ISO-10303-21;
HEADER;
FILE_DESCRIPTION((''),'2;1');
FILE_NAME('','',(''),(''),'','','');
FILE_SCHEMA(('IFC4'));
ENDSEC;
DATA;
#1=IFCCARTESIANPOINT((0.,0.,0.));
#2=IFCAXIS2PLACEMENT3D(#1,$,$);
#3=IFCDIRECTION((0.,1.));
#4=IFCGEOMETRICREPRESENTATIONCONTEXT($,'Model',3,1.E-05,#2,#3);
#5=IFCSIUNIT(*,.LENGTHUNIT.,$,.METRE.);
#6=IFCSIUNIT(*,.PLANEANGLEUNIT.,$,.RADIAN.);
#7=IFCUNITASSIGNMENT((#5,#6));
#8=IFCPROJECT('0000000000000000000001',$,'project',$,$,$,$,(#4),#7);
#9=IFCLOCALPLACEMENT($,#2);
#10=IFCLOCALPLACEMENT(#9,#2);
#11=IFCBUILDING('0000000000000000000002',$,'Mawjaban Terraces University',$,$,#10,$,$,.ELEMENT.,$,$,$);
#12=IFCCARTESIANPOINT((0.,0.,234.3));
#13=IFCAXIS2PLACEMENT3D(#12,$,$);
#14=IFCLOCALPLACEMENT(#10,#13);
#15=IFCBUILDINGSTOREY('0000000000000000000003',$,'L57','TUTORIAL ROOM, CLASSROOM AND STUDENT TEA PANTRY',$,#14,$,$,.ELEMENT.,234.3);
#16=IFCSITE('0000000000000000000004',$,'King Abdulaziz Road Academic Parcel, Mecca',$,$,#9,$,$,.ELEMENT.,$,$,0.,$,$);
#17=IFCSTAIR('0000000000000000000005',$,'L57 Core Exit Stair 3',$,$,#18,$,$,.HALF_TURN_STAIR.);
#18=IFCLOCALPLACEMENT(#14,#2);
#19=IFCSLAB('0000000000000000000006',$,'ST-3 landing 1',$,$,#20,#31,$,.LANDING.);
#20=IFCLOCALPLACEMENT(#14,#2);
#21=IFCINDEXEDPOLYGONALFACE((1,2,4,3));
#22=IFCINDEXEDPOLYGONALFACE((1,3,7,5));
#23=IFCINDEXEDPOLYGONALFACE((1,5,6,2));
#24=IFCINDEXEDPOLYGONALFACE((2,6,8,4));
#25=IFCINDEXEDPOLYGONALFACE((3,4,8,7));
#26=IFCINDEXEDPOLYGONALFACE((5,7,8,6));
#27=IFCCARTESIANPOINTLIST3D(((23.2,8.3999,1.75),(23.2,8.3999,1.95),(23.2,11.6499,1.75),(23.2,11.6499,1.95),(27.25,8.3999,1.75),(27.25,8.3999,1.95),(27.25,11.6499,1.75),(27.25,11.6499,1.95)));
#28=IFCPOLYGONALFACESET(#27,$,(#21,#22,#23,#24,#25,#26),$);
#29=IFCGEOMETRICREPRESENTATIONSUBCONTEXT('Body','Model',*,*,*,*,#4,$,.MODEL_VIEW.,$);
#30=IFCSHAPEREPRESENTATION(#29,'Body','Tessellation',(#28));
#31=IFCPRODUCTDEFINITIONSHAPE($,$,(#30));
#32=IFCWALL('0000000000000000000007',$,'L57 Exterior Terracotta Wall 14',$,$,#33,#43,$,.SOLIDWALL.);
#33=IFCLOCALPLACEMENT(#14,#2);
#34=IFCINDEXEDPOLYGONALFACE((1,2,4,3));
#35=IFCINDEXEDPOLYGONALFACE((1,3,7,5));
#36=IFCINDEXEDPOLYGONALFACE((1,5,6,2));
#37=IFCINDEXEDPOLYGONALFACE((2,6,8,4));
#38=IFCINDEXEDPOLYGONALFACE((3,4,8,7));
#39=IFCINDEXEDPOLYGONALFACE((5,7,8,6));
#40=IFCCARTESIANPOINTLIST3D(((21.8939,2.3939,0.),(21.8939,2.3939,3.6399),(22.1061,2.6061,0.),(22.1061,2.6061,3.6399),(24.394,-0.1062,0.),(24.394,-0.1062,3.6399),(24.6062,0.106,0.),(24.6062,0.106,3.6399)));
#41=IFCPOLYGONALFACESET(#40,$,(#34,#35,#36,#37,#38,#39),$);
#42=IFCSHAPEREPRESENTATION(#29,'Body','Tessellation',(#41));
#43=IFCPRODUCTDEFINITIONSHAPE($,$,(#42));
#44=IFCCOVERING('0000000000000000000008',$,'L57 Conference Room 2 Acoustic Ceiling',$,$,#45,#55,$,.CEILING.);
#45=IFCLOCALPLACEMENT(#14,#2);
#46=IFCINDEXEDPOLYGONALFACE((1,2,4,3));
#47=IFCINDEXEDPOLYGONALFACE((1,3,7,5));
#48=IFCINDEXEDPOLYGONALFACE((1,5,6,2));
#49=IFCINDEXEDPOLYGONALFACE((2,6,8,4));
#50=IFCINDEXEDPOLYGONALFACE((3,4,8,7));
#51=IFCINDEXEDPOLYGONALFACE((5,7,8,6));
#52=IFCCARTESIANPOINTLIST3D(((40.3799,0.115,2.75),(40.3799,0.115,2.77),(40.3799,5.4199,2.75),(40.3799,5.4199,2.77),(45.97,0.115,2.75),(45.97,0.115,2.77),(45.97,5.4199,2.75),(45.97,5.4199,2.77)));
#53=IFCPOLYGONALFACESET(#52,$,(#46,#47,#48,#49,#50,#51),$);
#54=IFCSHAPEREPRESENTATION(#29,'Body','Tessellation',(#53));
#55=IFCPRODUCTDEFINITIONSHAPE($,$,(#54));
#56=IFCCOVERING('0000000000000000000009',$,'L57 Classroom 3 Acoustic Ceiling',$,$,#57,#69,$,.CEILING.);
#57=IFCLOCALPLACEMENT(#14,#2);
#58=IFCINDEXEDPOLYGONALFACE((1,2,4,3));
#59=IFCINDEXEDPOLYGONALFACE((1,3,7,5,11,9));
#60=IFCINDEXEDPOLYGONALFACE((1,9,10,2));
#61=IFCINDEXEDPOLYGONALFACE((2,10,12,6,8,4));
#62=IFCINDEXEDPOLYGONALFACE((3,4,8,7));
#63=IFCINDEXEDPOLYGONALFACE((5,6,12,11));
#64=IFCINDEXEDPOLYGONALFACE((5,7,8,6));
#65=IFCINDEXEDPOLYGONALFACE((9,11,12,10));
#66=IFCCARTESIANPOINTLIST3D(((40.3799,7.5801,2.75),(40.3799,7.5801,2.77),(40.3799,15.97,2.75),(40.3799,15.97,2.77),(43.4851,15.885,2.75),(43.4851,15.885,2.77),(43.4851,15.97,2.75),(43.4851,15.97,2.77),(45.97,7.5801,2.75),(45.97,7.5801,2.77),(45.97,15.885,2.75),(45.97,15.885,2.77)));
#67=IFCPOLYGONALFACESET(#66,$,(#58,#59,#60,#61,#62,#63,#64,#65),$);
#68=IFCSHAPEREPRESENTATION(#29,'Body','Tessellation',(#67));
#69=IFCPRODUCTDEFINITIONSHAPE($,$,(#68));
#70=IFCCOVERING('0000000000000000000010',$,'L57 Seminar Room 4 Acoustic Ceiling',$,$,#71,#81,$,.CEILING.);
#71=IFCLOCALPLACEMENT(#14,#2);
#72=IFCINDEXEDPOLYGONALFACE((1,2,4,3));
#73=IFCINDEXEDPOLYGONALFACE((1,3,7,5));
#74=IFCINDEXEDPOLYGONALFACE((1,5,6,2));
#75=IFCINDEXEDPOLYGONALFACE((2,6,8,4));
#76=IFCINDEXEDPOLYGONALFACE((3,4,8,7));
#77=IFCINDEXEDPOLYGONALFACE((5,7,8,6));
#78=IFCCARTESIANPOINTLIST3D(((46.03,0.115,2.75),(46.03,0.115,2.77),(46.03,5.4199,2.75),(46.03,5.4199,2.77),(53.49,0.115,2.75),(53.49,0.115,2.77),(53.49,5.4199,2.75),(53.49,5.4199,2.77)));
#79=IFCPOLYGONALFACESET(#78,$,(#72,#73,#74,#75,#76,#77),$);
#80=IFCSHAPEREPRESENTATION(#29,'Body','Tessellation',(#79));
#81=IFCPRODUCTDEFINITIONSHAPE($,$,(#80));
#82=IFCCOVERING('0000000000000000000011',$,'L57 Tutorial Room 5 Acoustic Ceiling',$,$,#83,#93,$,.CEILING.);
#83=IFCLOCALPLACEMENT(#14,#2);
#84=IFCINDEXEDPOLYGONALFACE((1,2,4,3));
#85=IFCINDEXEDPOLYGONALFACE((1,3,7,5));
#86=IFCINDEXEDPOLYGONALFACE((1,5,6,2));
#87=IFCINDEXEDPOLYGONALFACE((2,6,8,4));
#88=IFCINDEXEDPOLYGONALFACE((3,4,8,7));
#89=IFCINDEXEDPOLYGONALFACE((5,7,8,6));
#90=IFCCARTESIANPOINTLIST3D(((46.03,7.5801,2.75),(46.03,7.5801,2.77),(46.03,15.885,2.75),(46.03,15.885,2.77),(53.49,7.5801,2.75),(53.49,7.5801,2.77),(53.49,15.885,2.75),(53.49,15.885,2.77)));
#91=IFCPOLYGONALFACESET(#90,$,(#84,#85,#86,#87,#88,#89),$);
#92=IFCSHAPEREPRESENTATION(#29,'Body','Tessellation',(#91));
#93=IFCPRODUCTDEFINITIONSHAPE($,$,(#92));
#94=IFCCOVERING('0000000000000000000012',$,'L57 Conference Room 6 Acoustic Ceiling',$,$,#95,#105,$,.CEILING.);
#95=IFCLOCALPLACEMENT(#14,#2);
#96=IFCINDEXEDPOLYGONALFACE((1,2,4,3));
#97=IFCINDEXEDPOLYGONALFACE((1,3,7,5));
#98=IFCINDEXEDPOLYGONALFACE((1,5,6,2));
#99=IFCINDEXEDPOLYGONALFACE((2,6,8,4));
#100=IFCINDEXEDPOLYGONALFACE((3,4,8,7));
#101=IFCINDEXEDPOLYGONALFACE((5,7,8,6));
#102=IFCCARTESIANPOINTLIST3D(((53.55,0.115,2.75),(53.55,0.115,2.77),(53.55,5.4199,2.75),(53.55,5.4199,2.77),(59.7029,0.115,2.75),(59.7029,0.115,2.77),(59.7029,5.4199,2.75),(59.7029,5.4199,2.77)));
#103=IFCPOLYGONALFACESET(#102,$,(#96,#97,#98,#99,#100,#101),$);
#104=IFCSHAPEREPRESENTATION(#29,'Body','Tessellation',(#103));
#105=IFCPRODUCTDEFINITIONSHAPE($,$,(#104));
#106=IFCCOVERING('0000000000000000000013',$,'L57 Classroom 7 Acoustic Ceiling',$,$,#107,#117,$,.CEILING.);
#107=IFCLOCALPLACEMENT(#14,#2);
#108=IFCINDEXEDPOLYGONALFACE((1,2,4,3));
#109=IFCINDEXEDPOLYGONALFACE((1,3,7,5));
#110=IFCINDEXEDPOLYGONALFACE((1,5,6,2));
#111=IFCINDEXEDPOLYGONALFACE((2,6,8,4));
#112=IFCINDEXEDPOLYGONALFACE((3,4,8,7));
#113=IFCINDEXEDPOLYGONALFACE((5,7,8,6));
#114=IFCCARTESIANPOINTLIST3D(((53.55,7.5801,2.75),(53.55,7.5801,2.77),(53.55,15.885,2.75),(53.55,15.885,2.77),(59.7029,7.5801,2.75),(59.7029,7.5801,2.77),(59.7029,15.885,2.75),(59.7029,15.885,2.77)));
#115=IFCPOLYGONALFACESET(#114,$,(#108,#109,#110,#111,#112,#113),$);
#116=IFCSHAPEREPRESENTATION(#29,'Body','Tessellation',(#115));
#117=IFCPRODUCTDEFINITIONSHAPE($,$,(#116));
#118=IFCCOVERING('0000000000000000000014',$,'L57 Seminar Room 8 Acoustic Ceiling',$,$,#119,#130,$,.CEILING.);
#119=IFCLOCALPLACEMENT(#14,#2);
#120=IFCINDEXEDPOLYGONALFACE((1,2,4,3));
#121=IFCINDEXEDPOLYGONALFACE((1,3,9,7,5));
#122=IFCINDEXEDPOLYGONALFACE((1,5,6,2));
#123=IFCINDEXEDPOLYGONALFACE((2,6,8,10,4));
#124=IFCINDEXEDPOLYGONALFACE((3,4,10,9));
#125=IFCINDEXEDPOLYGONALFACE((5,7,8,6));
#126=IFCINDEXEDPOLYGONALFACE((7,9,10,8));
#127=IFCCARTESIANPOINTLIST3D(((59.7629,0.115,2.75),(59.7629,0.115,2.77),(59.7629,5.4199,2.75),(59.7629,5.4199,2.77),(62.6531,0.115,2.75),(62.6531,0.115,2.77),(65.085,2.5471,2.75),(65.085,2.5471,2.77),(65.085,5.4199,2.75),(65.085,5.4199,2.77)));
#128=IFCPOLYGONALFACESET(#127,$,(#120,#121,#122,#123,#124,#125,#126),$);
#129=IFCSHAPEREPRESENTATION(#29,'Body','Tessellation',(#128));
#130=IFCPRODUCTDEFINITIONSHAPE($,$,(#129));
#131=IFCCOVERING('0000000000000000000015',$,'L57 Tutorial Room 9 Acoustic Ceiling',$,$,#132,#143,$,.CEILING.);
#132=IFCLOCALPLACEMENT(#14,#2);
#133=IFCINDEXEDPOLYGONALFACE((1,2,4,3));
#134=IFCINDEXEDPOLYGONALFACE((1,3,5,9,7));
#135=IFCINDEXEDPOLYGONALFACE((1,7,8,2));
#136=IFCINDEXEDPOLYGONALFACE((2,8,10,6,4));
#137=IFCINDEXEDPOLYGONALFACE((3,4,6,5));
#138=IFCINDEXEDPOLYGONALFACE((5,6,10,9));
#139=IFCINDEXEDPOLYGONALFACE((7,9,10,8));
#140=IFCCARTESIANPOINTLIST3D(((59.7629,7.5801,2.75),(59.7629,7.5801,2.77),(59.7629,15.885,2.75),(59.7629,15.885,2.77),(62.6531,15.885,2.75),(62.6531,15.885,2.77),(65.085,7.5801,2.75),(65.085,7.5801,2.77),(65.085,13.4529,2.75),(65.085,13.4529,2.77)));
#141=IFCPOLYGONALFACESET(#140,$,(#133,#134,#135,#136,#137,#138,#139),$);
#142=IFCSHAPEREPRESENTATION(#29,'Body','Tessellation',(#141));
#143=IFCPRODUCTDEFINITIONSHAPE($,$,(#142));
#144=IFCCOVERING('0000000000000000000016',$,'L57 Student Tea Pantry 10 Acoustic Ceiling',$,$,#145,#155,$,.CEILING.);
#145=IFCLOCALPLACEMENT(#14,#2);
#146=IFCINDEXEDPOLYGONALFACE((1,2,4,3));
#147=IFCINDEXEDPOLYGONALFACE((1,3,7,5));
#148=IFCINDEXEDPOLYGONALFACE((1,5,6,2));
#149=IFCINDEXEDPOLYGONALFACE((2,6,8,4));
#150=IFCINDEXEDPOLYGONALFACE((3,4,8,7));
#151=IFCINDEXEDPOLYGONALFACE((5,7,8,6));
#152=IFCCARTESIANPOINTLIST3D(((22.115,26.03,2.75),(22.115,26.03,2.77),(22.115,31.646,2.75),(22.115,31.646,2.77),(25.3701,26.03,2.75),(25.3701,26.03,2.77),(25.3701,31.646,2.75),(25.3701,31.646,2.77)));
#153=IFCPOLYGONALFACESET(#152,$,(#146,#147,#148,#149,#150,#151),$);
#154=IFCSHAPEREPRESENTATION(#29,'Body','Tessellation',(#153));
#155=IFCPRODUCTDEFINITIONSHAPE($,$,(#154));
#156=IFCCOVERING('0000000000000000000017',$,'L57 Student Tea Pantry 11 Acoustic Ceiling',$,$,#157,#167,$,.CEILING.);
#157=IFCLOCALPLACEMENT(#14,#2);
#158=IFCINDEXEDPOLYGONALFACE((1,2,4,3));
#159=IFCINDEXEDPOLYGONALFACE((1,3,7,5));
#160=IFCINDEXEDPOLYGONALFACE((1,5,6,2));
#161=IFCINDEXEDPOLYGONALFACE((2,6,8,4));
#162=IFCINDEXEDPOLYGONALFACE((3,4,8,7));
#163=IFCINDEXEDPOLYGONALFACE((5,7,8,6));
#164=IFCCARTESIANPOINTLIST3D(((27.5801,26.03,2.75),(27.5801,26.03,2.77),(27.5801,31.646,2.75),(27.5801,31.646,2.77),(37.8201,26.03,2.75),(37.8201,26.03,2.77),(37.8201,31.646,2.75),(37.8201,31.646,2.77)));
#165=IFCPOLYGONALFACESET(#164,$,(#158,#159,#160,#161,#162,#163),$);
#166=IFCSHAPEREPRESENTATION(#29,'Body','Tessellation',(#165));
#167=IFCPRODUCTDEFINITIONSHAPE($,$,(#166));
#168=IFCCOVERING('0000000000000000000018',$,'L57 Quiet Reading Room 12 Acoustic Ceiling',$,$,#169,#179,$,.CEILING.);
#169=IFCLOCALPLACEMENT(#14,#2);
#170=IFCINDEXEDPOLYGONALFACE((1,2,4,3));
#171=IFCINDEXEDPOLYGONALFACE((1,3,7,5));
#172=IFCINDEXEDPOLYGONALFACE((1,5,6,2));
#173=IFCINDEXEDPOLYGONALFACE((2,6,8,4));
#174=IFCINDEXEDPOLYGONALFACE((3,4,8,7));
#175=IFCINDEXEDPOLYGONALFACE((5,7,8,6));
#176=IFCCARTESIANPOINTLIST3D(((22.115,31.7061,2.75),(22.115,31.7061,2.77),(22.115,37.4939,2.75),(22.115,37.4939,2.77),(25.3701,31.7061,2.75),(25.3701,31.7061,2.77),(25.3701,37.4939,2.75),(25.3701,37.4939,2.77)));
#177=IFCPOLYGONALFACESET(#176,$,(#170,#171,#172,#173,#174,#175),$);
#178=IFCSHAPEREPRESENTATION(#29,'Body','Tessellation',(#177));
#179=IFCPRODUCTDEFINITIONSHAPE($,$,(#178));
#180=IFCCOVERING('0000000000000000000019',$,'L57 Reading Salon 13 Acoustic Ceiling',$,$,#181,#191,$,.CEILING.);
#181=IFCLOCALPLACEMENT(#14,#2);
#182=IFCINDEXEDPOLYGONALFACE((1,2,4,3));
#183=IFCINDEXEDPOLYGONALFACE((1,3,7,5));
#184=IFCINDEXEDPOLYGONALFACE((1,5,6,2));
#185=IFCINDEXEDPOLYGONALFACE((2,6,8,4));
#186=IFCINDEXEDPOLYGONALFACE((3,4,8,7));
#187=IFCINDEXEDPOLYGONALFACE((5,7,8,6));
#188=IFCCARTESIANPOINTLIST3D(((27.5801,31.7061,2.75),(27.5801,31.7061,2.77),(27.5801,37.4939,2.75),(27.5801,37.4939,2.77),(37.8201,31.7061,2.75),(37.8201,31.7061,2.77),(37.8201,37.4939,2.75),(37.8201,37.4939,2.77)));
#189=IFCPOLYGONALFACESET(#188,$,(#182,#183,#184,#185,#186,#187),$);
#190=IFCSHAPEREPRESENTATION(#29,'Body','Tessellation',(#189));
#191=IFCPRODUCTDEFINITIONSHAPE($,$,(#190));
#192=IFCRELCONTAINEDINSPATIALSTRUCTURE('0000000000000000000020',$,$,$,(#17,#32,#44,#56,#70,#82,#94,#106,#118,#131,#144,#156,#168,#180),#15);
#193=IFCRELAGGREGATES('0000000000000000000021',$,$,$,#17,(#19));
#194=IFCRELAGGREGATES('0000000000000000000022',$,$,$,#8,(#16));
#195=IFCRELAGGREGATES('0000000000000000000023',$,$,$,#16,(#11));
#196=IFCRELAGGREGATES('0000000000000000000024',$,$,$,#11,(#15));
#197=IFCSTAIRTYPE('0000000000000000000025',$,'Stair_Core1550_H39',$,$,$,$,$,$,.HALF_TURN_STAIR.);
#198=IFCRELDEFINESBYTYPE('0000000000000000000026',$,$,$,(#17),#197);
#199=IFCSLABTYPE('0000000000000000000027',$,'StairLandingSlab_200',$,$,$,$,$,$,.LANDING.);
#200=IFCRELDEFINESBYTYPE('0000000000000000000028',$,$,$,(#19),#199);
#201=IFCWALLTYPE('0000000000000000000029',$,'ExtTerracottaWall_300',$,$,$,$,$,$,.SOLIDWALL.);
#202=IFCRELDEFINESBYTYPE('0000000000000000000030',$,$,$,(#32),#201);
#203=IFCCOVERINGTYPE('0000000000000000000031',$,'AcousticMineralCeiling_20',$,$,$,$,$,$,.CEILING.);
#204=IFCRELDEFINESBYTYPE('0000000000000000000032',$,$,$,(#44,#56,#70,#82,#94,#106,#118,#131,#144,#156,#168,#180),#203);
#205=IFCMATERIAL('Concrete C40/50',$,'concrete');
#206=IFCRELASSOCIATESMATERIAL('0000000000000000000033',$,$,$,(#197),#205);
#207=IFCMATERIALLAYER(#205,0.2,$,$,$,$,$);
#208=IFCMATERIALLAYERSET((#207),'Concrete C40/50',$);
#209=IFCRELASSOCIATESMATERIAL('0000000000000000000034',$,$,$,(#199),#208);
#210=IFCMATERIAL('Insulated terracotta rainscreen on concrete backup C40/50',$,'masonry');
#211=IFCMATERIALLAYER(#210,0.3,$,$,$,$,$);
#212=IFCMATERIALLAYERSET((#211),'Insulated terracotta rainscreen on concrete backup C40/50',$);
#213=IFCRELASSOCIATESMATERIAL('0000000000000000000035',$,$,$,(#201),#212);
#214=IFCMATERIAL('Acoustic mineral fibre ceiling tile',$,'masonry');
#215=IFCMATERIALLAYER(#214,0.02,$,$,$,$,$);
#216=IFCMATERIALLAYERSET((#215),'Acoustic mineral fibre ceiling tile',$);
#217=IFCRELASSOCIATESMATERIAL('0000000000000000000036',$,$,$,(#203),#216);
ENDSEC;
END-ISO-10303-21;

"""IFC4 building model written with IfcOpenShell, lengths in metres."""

from ifc_helpers import new_model, si_unit, direction, frame, frame_2d, origin, place, context, subcontext, project, spatial, polyline, rectangle, outline, extrude, material, layer, layer_set, type_object, element, aggregate, save


model = new_model("IFC4")

# Units and contexts
model_context = context("Model", 3, precision=1e-05, world=origin(), true_north=direction((0.0, 1.0)))
body_context = subcontext(model_context, "Body", "Model", "MODEL_VIEW")
ifc_project = project(units=[si_unit("LENGTHUNIT", "METRE"), si_unit("PLANEANGLEUNIT", "RADIAN")], contexts=[model_context])

# Site, building, storey
site_placement = place(None, origin())
site = spatial("IfcSite", under=ifc_project, at=site_placement, Name="King Abdulaziz Road Academic Parcel, Mecca", CompositionType="ELEMENT", RefElevation=0.0)
building_placement = place(site_placement, origin())
building = spatial("IfcBuilding", under=site, at=building_placement, Name="Mawjaban Terraces University", CompositionType="ELEMENT")
storey_placement = place(building_placement, frame((0.0, 0.0, 234.3)))
storey = spatial("IfcBuildingStorey", under=building, at=storey_placement, Name="L57", Description="TUTORIAL ROOM, CLASSROOM AND STUDENT TEA PANTRY", CompositionType="ELEMENT", Elevation=234.3)

# Shared definitions
ifc_material_1 = material(Name="Concrete C40/50", Category="concrete")

# Stair, slab
stair_type = type_object("IfcStairType", Name="Stair_Core1550_H39", PredefinedType="HALF_TURN_STAIR", material=ifc_material_1)
ifc_layer_1 = layer(ifc_material_1, 0.2)
ifc_layer_set_1 = layer_set([ifc_layer_1], Name="Concrete C40/50")
slab_type_1 = type_object("IfcSlabType", Name="StairLandingSlab_200", PredefinedType="LANDING", material=ifc_layer_set_1)
stair_1_placement = place(storey_placement, origin())
stair_1 = element("IfcStair", 1, at=stair_1_placement, inside=storey, type_object=stair_type, Name="L57 Core Exit Stair 3", PredefinedType="HALF_TURN_STAIR")
slab_1_placement = place(storey_placement, frame((0.0, 0.0, 1.75)))
slab_1 = element("IfcSlab", 2, at=slab_1_placement, type_object=slab_type_1, Name="ST-3 landing 1", PredefinedType="LANDING", context=body_context, shape_type="SweptSolid", body=[
    extrude(outline(polyline([(27.25, 11.6499), (23.2, 11.6499), (23.2, 8.3999), (27.25, 8.3999), (27.25, 11.6499)])), origin(), (0.0, 0.0, 1.0), 0.2),
])
aggregate(stair_1, [slab_1])

# Wall
ifc_material_2 = material(Name="Insulated terracotta rainscreen on concrete backup C40/50", Category="masonry")
ifc_layer_2 = layer(ifc_material_2, 0.3)
ifc_layer_set_2 = layer_set([ifc_layer_2], Name="Insulated terracotta rainscreen on concrete backup C40/50")
wall_type = type_object("IfcWallType", Name="ExtTerracottaWall_300", PredefinedType="SOLIDWALL", material=ifc_layer_set_2)
wall_placement = place(storey_placement, frame((22.0, 2.5, 0.0), z_axis=(0.0, 0.0, 1.0), x_axis=(0.707107, -0.707107, 0.0)))
element("IfcWall", 3, at=wall_placement, inside=storey, type_object=wall_type, Name="L57 Exterior Terracotta Wall 14", PredefinedType="SOLIDWALL", context=body_context, shape_type="SweptSolid", body=[
    extrude(rectangle(XDim=3.5356, YDim=0.3, at=frame_2d((1.7678, 0.0))), origin(), (0.0, 0.0, 1.0), 3.6399),
])

# Coverings
ifc_material_3 = material(Name="Acoustic mineral fibre ceiling tile", Category="masonry")
ifc_layer_3 = layer(ifc_material_3, 0.02)
ifc_layer_set_3 = layer_set([ifc_layer_3], Name="Acoustic mineral fibre ceiling tile")
covering_type_1 = type_object("IfcCoveringType", Name="AcousticMineralCeiling_20", PredefinedType="CEILING", material=ifc_layer_set_3)
covering_1_placement = place(storey_placement, frame((0.0, 0.0, 2.75)))
element("IfcCovering", 4, at=covering_1_placement, inside=storey, type_object=covering_type_1, Name="L57 Conference Room 2 Acoustic Ceiling", PredefinedType="CEILING", context=body_context, shape_type="SweptSolid", body=[
    extrude(outline(polyline([(40.3799, 0.115), (45.97, 0.115), (45.97, 5.4199), (40.3799, 5.4199), (40.3799, 0.115)])), origin(), (0.0, 0.0, 1.0), 0.02),
])
covering_2_placement = place(storey_placement, frame((0.0, 0.0, 2.75)))
element("IfcCovering", 5, at=covering_2_placement, inside=storey, type_object=covering_type_1, Name="L57 Classroom 3 Acoustic Ceiling", PredefinedType="CEILING", context=body_context, shape_type="SweptSolid", body=[
    extrude(outline(polyline([(45.97, 15.885), (43.4851, 15.885), (43.4851, 15.97), (40.3799, 15.97), (40.3799, 7.5801), (45.97, 7.5801), (45.97, 15.885)])), origin(), (0.0, 0.0, 1.0), 0.02),
])
covering_3_placement = place(storey_placement, frame((0.0, 0.0, 2.75)))
element("IfcCovering", 6, at=covering_3_placement, inside=storey, type_object=covering_type_1, Name="L57 Seminar Room 4 Acoustic Ceiling", PredefinedType="CEILING", context=body_context, shape_type="SweptSolid", body=[
    extrude(outline(polyline([(46.03, 0.115), (53.49, 0.115), (53.49, 5.4199), (46.03, 5.4199), (46.03, 0.115)])), origin(), (0.0, 0.0, 1.0), 0.02),
])
covering_4_placement = place(storey_placement, frame((0.0, 0.0, 2.75)))
element("IfcCovering", 7, at=covering_4_placement, inside=storey, type_object=covering_type_1, Name="L57 Tutorial Room 5 Acoustic Ceiling", PredefinedType="CEILING", context=body_context, shape_type="SweptSolid", body=[
    extrude(outline(polyline([(53.49, 15.885), (46.03, 15.885), (46.03, 7.5801), (53.49, 7.5801), (53.49, 15.885)])), origin(), (0.0, 0.0, 1.0), 0.02),
])
covering_5_placement = place(storey_placement, frame((0.0, 0.0, 2.75)))
element("IfcCovering", 8, at=covering_5_placement, inside=storey, type_object=covering_type_1, Name="L57 Conference Room 6 Acoustic Ceiling", PredefinedType="CEILING", context=body_context, shape_type="SweptSolid", body=[
    extrude(outline(polyline([(53.55, 0.115), (59.7029, 0.115), (59.7029, 5.4199), (53.55, 5.4199), (53.55, 0.115)])), origin(), (0.0, 0.0, 1.0), 0.02),
])
covering_6_placement = place(storey_placement, frame((0.0, 0.0, 2.75)))
element("IfcCovering", 9, at=covering_6_placement, inside=storey, type_object=covering_type_1, Name="L57 Classroom 7 Acoustic Ceiling", PredefinedType="CEILING", context=body_context, shape_type="SweptSolid", body=[
    extrude(outline(polyline([(59.7029, 15.885), (53.55, 15.885), (53.55, 7.5801), (59.7029, 7.5801), (59.7029, 15.885)])), origin(), (0.0, 0.0, 1.0), 0.02),
])
covering_7_placement = place(storey_placement, frame((0.0, 0.0, 2.75)))
element("IfcCovering", 10, at=covering_7_placement, inside=storey, type_object=covering_type_1, Name="L57 Seminar Room 8 Acoustic Ceiling", PredefinedType="CEILING", context=body_context, shape_type="SweptSolid", body=[
    extrude(outline(polyline([(59.7629, 0.115), (62.6531, 0.115), (65.085, 2.5471), (65.085, 5.4199), (59.7629, 5.4199), (59.7629, 0.115)])), origin(), (0.0, 0.0, 1.0), 0.02),
])
covering_8_placement = place(storey_placement, frame((0.0, 0.0, 2.75)))
element("IfcCovering", 11, at=covering_8_placement, inside=storey, type_object=covering_type_1, Name="L57 Tutorial Room 9 Acoustic Ceiling", PredefinedType="CEILING", context=body_context, shape_type="SweptSolid", body=[
    extrude(outline(polyline([(65.085, 7.5801), (65.085, 13.4529), (62.6531, 15.885), (59.7629, 15.885), (59.7629, 7.5801), (65.085, 7.5801)])), origin(), (0.0, 0.0, 1.0), 0.02),
])
covering_9_placement = place(storey_placement, frame((0.0, 0.0, 2.75)))
element("IfcCovering", 12, at=covering_9_placement, inside=storey, type_object=covering_type_1, Name="L57 Student Tea Pantry 10 Acoustic Ceiling", PredefinedType="CEILING", context=body_context, shape_type="SweptSolid", body=[
    extrude(outline(polyline([(22.115, 31.646), (22.115, 26.03), (25.3701, 26.03), (25.3701, 31.646), (22.115, 31.646)])), origin(), (0.0, 0.0, 1.0), 0.02),
])
covering_10_placement = place(storey_placement, frame((0.0, 0.0, 2.75)))
element("IfcCovering", 13, at=covering_10_placement, inside=storey, type_object=covering_type_1, Name="L57 Student Tea Pantry 11 Acoustic Ceiling", PredefinedType="CEILING", context=body_context, shape_type="SweptSolid", body=[
    extrude(outline(polyline([(37.8201, 26.03), (37.8201, 31.646), (27.5801, 31.646), (27.5801, 26.03), (37.8201, 26.03)])), origin(), (0.0, 0.0, 1.0), 0.02),
])
covering_11_placement = place(storey_placement, frame((0.0, 0.0, 2.75)))
element("IfcCovering", 14, at=covering_11_placement, inside=storey, type_object=covering_type_1, Name="L57 Quiet Reading Room 12 Acoustic Ceiling", PredefinedType="CEILING", context=body_context, shape_type="SweptSolid", body=[
    extrude(outline(polyline([(22.115, 37.4939), (22.115, 31.7061), (25.3701, 31.7061), (25.3701, 37.4939), (22.115, 37.4939)])), origin(), (0.0, 0.0, 1.0), 0.02),
])
covering_12_placement = place(storey_placement, frame((0.0, 0.0, 2.75)))
element("IfcCovering", 15, at=covering_12_placement, inside=storey, type_object=covering_type_1, Name="L57 Reading Salon 13 Acoustic Ceiling", PredefinedType="CEILING", context=body_context, shape_type="SweptSolid", body=[
    extrude(outline(polyline([(37.8201, 31.7061), (37.8201, 37.4939), (27.5801, 37.4939), (27.5801, 31.7061), (37.8201, 31.7061)])), origin(), (0.0, 0.0, 1.0), 0.02),
])

save(model, "model.ifc")
